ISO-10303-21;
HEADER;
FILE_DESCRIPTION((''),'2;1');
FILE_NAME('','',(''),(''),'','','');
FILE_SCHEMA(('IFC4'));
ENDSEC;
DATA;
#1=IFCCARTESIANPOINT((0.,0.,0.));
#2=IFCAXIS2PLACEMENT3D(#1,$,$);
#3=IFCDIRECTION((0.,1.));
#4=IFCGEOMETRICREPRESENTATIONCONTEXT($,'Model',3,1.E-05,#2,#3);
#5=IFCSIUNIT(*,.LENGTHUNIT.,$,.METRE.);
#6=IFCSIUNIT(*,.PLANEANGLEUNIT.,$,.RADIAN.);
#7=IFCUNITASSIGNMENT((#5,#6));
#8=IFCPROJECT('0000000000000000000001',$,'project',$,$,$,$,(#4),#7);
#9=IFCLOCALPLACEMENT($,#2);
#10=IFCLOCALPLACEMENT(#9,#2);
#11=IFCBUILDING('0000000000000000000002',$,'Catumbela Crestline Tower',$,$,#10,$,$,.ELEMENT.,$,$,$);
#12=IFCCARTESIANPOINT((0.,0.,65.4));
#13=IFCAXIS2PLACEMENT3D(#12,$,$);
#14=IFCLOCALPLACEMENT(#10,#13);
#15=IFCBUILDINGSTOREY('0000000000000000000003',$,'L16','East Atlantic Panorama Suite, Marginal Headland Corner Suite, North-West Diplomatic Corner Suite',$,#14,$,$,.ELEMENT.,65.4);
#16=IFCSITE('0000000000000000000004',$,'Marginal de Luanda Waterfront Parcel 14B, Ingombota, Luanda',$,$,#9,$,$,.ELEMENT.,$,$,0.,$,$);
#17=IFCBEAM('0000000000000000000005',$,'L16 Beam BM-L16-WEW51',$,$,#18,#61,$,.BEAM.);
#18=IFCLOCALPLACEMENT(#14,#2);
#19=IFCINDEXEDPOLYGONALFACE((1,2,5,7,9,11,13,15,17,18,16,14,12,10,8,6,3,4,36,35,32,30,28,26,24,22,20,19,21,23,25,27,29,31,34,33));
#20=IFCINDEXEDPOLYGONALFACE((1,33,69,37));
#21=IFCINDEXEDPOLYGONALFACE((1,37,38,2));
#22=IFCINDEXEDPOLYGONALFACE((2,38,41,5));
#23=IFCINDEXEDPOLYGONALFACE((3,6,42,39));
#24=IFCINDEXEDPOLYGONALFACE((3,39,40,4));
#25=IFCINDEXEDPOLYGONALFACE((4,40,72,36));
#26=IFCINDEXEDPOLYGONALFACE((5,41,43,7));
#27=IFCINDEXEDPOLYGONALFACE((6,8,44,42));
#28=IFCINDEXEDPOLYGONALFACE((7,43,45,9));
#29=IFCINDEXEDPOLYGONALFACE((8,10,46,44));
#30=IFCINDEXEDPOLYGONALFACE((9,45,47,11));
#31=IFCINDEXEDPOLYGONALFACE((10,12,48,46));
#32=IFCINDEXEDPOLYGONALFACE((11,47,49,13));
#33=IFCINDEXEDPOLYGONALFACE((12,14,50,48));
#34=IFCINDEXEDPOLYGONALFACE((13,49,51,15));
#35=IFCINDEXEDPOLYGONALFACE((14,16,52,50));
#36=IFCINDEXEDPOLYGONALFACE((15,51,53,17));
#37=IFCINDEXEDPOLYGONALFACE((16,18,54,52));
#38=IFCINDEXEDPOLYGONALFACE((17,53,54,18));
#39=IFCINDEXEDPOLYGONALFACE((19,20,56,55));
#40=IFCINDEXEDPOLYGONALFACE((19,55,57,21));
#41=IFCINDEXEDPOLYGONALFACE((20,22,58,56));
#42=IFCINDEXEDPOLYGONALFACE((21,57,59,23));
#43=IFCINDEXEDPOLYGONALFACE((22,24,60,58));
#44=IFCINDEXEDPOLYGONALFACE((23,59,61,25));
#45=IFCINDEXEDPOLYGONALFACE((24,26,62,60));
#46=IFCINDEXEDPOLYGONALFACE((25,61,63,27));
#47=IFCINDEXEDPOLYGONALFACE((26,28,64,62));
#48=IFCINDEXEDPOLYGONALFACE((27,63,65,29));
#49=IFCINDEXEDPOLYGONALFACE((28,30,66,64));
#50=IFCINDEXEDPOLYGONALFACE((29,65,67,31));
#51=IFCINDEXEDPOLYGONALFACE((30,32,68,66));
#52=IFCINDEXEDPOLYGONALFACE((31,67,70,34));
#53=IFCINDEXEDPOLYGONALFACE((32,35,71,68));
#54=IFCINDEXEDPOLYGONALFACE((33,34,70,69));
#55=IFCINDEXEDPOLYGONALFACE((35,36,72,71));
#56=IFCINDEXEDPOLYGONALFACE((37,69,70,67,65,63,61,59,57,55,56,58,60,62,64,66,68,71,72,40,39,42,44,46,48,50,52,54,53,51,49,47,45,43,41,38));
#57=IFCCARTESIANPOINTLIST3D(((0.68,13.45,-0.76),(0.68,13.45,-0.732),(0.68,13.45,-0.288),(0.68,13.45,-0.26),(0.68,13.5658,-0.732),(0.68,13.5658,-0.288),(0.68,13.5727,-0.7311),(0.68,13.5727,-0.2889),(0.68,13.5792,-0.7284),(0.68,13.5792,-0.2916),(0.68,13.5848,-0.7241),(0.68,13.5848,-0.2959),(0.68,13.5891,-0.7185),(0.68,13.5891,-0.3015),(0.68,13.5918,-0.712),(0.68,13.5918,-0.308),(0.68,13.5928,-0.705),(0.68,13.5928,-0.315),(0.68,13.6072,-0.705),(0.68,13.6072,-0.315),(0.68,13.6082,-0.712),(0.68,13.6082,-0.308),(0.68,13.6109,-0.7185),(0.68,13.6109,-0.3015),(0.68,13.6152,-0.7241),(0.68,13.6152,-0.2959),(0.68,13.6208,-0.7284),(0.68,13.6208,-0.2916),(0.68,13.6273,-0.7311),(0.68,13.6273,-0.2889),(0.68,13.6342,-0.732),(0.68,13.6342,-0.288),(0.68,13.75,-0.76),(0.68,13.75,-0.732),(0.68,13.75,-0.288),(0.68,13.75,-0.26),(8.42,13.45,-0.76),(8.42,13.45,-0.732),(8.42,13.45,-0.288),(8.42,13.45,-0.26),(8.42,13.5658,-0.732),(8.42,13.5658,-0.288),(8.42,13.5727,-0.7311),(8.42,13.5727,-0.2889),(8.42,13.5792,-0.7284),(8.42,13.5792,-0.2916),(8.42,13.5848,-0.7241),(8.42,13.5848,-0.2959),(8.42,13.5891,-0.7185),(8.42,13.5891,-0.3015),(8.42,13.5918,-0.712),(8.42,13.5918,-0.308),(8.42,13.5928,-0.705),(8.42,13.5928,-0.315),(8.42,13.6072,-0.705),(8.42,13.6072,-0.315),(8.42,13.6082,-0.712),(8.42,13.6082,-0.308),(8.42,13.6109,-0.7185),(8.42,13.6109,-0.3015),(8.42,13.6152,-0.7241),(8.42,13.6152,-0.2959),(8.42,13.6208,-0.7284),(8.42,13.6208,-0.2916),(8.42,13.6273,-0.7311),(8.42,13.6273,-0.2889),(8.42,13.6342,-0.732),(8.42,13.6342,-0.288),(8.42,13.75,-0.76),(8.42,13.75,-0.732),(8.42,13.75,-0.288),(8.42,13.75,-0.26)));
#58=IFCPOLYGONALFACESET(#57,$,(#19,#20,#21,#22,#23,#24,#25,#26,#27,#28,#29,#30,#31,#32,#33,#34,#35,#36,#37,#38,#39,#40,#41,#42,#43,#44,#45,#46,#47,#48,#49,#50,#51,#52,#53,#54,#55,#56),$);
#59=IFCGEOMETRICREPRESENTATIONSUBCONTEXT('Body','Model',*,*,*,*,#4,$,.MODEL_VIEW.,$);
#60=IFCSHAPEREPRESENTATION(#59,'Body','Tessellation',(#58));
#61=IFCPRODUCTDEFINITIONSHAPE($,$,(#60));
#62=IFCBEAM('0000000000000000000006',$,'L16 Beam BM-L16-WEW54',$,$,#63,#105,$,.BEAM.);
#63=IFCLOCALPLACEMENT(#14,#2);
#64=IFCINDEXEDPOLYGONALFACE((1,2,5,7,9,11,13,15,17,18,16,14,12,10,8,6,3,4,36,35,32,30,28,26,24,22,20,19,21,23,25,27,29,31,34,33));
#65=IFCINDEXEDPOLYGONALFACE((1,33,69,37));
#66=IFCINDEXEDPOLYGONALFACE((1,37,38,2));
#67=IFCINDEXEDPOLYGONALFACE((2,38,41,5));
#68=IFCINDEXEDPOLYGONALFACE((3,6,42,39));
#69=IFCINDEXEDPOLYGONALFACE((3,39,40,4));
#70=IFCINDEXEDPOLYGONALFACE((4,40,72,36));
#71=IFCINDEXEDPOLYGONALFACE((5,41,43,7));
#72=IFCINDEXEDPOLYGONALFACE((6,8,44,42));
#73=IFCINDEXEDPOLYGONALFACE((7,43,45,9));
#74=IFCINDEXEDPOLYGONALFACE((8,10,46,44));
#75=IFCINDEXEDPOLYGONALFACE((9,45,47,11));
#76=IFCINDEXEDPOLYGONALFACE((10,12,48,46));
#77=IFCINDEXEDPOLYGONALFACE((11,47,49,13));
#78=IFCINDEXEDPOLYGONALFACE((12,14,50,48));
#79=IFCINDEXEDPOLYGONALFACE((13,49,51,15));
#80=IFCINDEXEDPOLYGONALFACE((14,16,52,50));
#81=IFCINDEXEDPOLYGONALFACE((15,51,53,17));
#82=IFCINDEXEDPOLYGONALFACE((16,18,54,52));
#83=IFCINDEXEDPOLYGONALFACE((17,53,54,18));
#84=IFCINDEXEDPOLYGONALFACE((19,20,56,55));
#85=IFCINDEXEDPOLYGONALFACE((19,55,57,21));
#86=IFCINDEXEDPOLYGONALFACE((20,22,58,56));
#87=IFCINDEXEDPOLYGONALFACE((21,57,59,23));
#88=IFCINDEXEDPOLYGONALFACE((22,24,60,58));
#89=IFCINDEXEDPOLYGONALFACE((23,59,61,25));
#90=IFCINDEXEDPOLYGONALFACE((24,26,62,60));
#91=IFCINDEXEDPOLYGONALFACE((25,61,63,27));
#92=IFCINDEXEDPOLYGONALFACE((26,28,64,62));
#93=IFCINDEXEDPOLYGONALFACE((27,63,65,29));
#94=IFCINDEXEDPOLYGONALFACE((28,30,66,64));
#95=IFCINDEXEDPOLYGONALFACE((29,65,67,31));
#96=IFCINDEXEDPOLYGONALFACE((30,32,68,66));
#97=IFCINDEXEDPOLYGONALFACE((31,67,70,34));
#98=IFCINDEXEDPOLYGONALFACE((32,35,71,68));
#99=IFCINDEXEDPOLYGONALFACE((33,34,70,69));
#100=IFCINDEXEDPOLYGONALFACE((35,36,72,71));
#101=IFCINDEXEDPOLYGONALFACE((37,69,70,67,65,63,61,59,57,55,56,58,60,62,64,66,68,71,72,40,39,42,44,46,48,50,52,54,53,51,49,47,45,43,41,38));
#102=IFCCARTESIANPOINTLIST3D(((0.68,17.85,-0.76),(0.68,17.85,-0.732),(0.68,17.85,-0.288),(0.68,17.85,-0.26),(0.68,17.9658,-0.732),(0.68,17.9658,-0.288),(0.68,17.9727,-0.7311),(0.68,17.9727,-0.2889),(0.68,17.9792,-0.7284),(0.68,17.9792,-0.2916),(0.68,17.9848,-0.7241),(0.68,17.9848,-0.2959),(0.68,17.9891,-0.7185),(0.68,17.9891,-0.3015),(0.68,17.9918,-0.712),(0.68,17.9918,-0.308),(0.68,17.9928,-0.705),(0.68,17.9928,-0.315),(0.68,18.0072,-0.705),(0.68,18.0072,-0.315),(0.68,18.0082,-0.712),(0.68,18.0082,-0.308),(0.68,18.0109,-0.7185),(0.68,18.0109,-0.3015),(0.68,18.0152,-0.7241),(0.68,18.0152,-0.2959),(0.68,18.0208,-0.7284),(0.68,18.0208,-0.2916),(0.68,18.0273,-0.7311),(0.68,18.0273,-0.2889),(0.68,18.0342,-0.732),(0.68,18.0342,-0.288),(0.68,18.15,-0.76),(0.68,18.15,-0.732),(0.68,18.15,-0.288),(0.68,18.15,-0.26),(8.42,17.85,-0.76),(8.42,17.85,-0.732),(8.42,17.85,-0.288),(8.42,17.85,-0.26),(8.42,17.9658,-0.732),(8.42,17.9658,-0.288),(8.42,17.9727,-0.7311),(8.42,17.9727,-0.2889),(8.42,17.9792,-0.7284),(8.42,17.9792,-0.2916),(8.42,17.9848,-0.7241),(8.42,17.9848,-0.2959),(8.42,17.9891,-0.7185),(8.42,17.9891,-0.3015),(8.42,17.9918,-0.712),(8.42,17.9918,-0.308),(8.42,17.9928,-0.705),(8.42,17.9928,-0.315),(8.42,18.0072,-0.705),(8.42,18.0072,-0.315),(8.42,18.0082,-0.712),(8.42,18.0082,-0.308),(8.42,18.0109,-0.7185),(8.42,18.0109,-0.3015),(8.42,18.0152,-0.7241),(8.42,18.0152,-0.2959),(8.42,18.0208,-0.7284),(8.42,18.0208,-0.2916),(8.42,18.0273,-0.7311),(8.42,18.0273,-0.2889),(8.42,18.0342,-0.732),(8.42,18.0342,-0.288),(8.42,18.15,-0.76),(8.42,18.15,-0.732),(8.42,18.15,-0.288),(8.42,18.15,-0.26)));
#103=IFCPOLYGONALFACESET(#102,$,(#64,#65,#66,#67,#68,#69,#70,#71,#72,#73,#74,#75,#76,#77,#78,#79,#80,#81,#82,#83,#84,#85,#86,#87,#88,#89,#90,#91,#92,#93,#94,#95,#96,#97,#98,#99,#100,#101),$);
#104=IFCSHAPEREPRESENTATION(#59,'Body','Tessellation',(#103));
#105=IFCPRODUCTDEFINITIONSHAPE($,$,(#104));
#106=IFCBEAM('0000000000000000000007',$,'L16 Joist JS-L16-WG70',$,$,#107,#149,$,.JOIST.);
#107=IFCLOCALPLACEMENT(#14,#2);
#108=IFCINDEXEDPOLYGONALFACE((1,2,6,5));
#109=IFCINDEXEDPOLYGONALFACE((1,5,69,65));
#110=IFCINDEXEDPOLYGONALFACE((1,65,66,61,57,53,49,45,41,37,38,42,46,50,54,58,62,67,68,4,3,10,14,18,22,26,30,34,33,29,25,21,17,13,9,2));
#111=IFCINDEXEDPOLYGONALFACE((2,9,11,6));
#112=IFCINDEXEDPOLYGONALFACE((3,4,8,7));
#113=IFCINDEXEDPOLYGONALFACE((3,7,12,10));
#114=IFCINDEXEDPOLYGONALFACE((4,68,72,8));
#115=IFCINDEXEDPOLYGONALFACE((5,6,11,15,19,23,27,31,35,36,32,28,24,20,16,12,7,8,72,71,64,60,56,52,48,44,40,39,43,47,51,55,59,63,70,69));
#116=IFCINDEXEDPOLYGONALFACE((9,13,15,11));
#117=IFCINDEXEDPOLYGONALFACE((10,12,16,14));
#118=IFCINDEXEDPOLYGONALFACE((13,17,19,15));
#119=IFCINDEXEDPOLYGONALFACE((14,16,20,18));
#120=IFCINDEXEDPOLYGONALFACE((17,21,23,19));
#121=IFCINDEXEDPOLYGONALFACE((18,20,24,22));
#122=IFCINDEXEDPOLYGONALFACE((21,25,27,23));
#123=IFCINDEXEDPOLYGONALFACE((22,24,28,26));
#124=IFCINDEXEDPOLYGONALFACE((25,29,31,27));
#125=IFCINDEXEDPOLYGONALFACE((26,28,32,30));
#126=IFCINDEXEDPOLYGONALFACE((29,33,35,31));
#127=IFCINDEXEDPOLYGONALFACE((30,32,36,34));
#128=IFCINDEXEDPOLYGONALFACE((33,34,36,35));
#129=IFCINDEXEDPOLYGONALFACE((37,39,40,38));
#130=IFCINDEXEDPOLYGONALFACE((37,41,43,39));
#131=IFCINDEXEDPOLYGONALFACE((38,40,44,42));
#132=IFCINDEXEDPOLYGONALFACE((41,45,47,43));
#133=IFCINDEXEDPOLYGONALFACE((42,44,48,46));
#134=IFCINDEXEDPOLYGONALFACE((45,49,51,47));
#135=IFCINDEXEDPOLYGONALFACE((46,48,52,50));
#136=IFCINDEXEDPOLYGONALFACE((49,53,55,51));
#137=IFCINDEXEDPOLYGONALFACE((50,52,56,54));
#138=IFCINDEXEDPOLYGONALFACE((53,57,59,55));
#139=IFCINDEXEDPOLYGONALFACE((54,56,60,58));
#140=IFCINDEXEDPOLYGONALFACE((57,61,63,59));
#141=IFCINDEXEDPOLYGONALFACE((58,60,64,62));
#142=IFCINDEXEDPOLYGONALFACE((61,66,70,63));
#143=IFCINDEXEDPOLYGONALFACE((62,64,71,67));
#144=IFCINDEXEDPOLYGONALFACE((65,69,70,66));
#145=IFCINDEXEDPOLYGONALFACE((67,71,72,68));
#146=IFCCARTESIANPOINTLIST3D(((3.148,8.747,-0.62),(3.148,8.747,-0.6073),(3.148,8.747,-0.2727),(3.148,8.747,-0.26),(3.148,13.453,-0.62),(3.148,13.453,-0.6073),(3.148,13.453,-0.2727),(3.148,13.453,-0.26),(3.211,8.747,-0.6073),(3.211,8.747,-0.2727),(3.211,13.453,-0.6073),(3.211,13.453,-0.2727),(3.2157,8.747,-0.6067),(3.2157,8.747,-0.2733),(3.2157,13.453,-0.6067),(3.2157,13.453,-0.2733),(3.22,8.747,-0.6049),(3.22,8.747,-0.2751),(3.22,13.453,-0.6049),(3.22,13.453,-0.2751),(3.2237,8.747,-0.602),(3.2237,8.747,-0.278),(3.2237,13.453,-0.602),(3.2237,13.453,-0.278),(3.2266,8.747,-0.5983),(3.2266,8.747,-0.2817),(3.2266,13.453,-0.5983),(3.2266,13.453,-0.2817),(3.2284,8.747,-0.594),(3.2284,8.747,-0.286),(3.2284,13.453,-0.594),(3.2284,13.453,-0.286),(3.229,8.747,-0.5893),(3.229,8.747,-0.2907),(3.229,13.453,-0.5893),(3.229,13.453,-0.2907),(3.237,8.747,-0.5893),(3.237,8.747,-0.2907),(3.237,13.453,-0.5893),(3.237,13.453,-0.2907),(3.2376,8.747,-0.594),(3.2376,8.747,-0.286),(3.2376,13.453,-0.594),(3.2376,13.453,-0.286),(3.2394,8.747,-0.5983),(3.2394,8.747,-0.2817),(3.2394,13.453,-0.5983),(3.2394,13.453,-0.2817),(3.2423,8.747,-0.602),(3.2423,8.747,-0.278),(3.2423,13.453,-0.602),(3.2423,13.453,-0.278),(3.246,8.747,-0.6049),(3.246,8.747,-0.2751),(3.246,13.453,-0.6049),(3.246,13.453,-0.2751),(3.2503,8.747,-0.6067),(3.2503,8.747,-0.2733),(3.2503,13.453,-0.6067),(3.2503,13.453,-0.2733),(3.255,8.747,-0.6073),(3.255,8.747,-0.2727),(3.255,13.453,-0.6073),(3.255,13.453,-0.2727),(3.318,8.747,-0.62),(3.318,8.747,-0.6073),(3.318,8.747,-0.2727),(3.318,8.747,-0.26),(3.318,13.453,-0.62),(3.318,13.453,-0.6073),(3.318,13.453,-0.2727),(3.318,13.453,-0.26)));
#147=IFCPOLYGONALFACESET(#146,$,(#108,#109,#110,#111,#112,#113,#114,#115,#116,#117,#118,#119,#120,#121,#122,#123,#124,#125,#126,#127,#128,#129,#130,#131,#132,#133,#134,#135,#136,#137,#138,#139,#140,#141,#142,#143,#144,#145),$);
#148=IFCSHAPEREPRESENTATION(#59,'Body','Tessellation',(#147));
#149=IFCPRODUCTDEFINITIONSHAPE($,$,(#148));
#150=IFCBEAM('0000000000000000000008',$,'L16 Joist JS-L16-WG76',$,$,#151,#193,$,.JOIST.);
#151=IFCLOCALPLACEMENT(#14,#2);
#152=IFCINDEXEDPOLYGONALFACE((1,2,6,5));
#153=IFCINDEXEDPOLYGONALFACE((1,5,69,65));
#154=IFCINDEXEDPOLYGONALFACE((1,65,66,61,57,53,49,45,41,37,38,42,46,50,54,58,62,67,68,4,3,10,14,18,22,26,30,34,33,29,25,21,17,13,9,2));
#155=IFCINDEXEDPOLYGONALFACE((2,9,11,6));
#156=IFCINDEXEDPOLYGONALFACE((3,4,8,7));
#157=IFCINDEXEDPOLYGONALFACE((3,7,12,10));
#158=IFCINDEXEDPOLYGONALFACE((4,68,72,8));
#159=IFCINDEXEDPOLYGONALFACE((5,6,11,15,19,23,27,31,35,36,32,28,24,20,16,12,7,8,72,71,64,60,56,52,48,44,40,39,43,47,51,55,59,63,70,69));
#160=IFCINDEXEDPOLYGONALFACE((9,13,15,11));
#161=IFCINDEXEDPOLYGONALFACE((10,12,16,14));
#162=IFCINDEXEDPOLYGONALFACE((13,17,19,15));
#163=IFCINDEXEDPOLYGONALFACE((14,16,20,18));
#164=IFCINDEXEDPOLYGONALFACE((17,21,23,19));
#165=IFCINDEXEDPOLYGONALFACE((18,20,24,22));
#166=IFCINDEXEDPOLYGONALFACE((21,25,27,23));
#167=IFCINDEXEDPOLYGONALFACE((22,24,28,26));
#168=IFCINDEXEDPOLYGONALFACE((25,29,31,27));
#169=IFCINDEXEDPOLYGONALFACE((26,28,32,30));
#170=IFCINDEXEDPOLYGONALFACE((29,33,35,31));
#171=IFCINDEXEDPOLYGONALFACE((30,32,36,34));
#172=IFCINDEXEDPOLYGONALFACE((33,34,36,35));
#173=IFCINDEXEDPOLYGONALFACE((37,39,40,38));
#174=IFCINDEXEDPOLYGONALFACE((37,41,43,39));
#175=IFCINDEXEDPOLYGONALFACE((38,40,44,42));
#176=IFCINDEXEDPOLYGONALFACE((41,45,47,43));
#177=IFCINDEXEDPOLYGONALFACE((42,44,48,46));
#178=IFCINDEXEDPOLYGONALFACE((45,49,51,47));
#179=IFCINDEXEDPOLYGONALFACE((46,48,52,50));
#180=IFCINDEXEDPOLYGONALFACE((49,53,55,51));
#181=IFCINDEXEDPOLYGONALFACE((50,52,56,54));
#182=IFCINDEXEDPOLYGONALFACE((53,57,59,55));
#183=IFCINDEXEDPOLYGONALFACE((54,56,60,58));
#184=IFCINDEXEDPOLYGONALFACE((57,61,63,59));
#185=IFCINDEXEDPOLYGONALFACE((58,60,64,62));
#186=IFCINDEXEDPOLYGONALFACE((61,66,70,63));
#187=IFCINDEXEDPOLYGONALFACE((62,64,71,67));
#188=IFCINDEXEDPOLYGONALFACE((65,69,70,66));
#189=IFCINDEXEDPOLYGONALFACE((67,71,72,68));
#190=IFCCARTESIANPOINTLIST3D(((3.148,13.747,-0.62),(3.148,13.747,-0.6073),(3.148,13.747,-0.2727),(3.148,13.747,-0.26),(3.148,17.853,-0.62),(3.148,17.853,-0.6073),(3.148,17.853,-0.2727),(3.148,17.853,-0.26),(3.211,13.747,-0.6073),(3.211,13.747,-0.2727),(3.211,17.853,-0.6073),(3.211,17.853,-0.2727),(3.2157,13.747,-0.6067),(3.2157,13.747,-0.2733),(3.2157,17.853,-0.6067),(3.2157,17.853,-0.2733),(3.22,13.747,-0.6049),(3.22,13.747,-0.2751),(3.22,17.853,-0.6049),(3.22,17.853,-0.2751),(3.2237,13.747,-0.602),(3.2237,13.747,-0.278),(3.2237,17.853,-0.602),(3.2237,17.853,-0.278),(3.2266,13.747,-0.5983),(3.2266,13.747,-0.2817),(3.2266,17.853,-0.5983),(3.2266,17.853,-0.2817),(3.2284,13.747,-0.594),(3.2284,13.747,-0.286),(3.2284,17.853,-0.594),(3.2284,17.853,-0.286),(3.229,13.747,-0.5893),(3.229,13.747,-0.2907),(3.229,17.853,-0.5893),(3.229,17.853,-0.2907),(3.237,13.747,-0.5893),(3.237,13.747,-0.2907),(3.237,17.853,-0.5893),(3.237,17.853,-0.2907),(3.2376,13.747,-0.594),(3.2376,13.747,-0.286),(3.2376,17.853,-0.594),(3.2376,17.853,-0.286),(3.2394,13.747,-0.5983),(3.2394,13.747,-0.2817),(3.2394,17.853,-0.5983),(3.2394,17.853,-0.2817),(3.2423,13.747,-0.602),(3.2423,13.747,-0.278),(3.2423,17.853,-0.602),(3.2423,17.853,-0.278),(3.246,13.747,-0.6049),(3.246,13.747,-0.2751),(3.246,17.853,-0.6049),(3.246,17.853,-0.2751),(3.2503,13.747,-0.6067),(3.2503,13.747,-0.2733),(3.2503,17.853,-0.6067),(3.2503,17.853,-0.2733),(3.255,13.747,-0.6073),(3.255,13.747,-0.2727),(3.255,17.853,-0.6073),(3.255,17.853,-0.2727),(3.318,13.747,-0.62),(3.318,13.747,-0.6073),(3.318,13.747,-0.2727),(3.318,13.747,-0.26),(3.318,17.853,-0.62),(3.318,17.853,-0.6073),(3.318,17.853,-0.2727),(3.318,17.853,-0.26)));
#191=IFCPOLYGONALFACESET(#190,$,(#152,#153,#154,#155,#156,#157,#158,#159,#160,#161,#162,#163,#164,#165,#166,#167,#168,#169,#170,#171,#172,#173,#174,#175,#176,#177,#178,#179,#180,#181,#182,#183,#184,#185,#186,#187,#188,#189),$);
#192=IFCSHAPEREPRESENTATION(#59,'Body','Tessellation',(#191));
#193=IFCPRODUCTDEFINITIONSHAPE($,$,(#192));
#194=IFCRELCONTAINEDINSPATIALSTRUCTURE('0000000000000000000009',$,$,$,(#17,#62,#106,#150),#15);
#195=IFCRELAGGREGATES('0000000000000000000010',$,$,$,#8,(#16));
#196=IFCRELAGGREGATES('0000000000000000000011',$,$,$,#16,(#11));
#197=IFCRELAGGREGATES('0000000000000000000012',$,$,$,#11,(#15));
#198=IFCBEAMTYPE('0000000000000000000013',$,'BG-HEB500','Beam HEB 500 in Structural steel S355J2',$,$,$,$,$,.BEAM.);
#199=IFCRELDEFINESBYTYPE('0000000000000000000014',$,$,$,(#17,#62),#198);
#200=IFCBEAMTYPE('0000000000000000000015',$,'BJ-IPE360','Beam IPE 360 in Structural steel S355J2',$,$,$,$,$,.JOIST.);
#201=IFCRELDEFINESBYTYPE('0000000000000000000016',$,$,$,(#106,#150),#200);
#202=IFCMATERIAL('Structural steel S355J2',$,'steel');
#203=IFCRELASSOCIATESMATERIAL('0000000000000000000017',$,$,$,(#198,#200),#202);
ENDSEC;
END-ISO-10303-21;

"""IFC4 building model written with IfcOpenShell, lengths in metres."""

from ifc_helpers import new_model, si_unit, direction, frame, origin, origin_2d, place, context, subcontext, project, spatial, i_section, extrude, material, material_profile, profile_set, type_object, element, save


model = new_model("IFC4")

# Units and contexts
model_context = context("Model", 3, precision=1e-05, world=origin(), true_north=direction((0.0, 1.0)))
body_context = subcontext(model_context, "Body", "Model", "MODEL_VIEW")
ifc_project = project(units=[si_unit("LENGTHUNIT", "METRE"), si_unit("PLANEANGLEUNIT", "RADIAN")], contexts=[model_context])

# Site, building, storey
site_placement = place(None, origin())
site = spatial("IfcSite", under=ifc_project, at=site_placement, Name="Marginal de Luanda Waterfront Parcel 14B, Ingombota, Luanda", CompositionType="ELEMENT", RefElevation=0.0)
building_placement = place(site_placement, origin())
building = spatial("IfcBuilding", under=site, at=building_placement, Name="Catumbela Crestline Tower", CompositionType="ELEMENT")
storey_placement = place(building_placement, frame((0.0, 0.0, 65.4)))
storey = spatial("IfcBuildingStorey", under=building, at=storey_placement, Name="L16", Description="East Atlantic Panorama Suite, Marginal Headland Corner Suite, North-West Diplomatic Corner Suite", CompositionType="ELEMENT", Elevation=65.4)

# Beams
ifc_material_1 = material(Name="Structural steel S355J2", Category="steel")
ifc_material_profile_1 = material_profile(ifc_material_1, i_section(OverallWidth=0.3, OverallDepth=0.5, WebThickness=0.0145, FlangeThickness=0.028, FilletRadius=0.027, at=origin_2d()), Name="HEB 500")
ifc_profile_set_1 = profile_set([ifc_material_profile_1], Name="Structural steel S355J2")
beam_type_1 = type_object("IfcBeamType", Name="BG-HEB500", Description="Beam HEB 500 in Structural steel S355J2", PredefinedType="BEAM", material=ifc_profile_set_1)
for number, where, z_axis, x_axis, name in (
    (1, (0.68, 13.6, -0.51), (1.0, 0.0, 0.0), (0.0, 1.0, 0.0), "L16 Beam BM-L16-WEW51"),
    (2, (0.68, 18.0, -0.51), (1.0, 0.0, 0.0), (0.0, 1.0, 0.0), "L16 Beam BM-L16-WEW54"),
):
    element("IfcBeam", number, at=place(storey_placement, frame(where, z_axis=z_axis, x_axis=x_axis)), inside=storey, type_object=beam_type_1, Name=name, PredefinedType="BEAM", context=body_context, shape_type="SweptSolid", body=[
        extrude(i_section(OverallWidth=0.3, OverallDepth=0.5, WebThickness=0.0145, FlangeThickness=0.028, FilletRadius=0.027, at=origin_2d()), origin(), (0.0, 0.0, 1.0), 7.74),
    ])
ifc_material_profile_2 = material_profile(ifc_material_1, i_section(OverallWidth=0.17, OverallDepth=0.36, WebThickness=0.008, FlangeThickness=0.0127, FilletRadius=0.018, at=origin_2d()), Name="IPE 360")
ifc_profile_set_2 = profile_set([ifc_material_profile_2], Name="Structural steel S355J2")
beam_type_2 = type_object("IfcBeamType", Name="BJ-IPE360", Description="Beam IPE 360 in Structural steel S355J2", PredefinedType="JOIST", material=ifc_profile_set_2)
beam_1_placement = place(storey_placement, frame((3.233, 8.747, -0.44), z_axis=(0.0, 1.0, 0.0), x_axis=(-1.0, 0.0, 0.0)))
element("IfcBeam", 3, at=beam_1_placement, inside=storey, type_object=beam_type_2, Name="L16 Joist JS-L16-WG70", PredefinedType="JOIST", context=body_context, shape_type="SweptSolid", body=[
    extrude(i_section(OverallWidth=0.17, OverallDepth=0.36, WebThickness=0.008, FlangeThickness=0.0127, FilletRadius=0.018, at=origin_2d()), origin(), (0.0, 0.0, 1.0), 4.706),
])
beam_2_placement = place(storey_placement, frame((3.233, 13.747, -0.44), z_axis=(0.0, 1.0, 0.0), x_axis=(-1.0, 0.0, 0.0)))
element("IfcBeam", 4, at=beam_2_placement, inside=storey, type_object=beam_type_2, Name="L16 Joist JS-L16-WG76", PredefinedType="JOIST", context=body_context, shape_type="SweptSolid", body=[
    extrude(i_section(OverallWidth=0.17, OverallDepth=0.36, WebThickness=0.008, FlangeThickness=0.0127, FilletRadius=0.018, at=origin_2d()), origin(), (0.0, 0.0, 1.0), 4.106),
])

save(model, "model.ifc")
